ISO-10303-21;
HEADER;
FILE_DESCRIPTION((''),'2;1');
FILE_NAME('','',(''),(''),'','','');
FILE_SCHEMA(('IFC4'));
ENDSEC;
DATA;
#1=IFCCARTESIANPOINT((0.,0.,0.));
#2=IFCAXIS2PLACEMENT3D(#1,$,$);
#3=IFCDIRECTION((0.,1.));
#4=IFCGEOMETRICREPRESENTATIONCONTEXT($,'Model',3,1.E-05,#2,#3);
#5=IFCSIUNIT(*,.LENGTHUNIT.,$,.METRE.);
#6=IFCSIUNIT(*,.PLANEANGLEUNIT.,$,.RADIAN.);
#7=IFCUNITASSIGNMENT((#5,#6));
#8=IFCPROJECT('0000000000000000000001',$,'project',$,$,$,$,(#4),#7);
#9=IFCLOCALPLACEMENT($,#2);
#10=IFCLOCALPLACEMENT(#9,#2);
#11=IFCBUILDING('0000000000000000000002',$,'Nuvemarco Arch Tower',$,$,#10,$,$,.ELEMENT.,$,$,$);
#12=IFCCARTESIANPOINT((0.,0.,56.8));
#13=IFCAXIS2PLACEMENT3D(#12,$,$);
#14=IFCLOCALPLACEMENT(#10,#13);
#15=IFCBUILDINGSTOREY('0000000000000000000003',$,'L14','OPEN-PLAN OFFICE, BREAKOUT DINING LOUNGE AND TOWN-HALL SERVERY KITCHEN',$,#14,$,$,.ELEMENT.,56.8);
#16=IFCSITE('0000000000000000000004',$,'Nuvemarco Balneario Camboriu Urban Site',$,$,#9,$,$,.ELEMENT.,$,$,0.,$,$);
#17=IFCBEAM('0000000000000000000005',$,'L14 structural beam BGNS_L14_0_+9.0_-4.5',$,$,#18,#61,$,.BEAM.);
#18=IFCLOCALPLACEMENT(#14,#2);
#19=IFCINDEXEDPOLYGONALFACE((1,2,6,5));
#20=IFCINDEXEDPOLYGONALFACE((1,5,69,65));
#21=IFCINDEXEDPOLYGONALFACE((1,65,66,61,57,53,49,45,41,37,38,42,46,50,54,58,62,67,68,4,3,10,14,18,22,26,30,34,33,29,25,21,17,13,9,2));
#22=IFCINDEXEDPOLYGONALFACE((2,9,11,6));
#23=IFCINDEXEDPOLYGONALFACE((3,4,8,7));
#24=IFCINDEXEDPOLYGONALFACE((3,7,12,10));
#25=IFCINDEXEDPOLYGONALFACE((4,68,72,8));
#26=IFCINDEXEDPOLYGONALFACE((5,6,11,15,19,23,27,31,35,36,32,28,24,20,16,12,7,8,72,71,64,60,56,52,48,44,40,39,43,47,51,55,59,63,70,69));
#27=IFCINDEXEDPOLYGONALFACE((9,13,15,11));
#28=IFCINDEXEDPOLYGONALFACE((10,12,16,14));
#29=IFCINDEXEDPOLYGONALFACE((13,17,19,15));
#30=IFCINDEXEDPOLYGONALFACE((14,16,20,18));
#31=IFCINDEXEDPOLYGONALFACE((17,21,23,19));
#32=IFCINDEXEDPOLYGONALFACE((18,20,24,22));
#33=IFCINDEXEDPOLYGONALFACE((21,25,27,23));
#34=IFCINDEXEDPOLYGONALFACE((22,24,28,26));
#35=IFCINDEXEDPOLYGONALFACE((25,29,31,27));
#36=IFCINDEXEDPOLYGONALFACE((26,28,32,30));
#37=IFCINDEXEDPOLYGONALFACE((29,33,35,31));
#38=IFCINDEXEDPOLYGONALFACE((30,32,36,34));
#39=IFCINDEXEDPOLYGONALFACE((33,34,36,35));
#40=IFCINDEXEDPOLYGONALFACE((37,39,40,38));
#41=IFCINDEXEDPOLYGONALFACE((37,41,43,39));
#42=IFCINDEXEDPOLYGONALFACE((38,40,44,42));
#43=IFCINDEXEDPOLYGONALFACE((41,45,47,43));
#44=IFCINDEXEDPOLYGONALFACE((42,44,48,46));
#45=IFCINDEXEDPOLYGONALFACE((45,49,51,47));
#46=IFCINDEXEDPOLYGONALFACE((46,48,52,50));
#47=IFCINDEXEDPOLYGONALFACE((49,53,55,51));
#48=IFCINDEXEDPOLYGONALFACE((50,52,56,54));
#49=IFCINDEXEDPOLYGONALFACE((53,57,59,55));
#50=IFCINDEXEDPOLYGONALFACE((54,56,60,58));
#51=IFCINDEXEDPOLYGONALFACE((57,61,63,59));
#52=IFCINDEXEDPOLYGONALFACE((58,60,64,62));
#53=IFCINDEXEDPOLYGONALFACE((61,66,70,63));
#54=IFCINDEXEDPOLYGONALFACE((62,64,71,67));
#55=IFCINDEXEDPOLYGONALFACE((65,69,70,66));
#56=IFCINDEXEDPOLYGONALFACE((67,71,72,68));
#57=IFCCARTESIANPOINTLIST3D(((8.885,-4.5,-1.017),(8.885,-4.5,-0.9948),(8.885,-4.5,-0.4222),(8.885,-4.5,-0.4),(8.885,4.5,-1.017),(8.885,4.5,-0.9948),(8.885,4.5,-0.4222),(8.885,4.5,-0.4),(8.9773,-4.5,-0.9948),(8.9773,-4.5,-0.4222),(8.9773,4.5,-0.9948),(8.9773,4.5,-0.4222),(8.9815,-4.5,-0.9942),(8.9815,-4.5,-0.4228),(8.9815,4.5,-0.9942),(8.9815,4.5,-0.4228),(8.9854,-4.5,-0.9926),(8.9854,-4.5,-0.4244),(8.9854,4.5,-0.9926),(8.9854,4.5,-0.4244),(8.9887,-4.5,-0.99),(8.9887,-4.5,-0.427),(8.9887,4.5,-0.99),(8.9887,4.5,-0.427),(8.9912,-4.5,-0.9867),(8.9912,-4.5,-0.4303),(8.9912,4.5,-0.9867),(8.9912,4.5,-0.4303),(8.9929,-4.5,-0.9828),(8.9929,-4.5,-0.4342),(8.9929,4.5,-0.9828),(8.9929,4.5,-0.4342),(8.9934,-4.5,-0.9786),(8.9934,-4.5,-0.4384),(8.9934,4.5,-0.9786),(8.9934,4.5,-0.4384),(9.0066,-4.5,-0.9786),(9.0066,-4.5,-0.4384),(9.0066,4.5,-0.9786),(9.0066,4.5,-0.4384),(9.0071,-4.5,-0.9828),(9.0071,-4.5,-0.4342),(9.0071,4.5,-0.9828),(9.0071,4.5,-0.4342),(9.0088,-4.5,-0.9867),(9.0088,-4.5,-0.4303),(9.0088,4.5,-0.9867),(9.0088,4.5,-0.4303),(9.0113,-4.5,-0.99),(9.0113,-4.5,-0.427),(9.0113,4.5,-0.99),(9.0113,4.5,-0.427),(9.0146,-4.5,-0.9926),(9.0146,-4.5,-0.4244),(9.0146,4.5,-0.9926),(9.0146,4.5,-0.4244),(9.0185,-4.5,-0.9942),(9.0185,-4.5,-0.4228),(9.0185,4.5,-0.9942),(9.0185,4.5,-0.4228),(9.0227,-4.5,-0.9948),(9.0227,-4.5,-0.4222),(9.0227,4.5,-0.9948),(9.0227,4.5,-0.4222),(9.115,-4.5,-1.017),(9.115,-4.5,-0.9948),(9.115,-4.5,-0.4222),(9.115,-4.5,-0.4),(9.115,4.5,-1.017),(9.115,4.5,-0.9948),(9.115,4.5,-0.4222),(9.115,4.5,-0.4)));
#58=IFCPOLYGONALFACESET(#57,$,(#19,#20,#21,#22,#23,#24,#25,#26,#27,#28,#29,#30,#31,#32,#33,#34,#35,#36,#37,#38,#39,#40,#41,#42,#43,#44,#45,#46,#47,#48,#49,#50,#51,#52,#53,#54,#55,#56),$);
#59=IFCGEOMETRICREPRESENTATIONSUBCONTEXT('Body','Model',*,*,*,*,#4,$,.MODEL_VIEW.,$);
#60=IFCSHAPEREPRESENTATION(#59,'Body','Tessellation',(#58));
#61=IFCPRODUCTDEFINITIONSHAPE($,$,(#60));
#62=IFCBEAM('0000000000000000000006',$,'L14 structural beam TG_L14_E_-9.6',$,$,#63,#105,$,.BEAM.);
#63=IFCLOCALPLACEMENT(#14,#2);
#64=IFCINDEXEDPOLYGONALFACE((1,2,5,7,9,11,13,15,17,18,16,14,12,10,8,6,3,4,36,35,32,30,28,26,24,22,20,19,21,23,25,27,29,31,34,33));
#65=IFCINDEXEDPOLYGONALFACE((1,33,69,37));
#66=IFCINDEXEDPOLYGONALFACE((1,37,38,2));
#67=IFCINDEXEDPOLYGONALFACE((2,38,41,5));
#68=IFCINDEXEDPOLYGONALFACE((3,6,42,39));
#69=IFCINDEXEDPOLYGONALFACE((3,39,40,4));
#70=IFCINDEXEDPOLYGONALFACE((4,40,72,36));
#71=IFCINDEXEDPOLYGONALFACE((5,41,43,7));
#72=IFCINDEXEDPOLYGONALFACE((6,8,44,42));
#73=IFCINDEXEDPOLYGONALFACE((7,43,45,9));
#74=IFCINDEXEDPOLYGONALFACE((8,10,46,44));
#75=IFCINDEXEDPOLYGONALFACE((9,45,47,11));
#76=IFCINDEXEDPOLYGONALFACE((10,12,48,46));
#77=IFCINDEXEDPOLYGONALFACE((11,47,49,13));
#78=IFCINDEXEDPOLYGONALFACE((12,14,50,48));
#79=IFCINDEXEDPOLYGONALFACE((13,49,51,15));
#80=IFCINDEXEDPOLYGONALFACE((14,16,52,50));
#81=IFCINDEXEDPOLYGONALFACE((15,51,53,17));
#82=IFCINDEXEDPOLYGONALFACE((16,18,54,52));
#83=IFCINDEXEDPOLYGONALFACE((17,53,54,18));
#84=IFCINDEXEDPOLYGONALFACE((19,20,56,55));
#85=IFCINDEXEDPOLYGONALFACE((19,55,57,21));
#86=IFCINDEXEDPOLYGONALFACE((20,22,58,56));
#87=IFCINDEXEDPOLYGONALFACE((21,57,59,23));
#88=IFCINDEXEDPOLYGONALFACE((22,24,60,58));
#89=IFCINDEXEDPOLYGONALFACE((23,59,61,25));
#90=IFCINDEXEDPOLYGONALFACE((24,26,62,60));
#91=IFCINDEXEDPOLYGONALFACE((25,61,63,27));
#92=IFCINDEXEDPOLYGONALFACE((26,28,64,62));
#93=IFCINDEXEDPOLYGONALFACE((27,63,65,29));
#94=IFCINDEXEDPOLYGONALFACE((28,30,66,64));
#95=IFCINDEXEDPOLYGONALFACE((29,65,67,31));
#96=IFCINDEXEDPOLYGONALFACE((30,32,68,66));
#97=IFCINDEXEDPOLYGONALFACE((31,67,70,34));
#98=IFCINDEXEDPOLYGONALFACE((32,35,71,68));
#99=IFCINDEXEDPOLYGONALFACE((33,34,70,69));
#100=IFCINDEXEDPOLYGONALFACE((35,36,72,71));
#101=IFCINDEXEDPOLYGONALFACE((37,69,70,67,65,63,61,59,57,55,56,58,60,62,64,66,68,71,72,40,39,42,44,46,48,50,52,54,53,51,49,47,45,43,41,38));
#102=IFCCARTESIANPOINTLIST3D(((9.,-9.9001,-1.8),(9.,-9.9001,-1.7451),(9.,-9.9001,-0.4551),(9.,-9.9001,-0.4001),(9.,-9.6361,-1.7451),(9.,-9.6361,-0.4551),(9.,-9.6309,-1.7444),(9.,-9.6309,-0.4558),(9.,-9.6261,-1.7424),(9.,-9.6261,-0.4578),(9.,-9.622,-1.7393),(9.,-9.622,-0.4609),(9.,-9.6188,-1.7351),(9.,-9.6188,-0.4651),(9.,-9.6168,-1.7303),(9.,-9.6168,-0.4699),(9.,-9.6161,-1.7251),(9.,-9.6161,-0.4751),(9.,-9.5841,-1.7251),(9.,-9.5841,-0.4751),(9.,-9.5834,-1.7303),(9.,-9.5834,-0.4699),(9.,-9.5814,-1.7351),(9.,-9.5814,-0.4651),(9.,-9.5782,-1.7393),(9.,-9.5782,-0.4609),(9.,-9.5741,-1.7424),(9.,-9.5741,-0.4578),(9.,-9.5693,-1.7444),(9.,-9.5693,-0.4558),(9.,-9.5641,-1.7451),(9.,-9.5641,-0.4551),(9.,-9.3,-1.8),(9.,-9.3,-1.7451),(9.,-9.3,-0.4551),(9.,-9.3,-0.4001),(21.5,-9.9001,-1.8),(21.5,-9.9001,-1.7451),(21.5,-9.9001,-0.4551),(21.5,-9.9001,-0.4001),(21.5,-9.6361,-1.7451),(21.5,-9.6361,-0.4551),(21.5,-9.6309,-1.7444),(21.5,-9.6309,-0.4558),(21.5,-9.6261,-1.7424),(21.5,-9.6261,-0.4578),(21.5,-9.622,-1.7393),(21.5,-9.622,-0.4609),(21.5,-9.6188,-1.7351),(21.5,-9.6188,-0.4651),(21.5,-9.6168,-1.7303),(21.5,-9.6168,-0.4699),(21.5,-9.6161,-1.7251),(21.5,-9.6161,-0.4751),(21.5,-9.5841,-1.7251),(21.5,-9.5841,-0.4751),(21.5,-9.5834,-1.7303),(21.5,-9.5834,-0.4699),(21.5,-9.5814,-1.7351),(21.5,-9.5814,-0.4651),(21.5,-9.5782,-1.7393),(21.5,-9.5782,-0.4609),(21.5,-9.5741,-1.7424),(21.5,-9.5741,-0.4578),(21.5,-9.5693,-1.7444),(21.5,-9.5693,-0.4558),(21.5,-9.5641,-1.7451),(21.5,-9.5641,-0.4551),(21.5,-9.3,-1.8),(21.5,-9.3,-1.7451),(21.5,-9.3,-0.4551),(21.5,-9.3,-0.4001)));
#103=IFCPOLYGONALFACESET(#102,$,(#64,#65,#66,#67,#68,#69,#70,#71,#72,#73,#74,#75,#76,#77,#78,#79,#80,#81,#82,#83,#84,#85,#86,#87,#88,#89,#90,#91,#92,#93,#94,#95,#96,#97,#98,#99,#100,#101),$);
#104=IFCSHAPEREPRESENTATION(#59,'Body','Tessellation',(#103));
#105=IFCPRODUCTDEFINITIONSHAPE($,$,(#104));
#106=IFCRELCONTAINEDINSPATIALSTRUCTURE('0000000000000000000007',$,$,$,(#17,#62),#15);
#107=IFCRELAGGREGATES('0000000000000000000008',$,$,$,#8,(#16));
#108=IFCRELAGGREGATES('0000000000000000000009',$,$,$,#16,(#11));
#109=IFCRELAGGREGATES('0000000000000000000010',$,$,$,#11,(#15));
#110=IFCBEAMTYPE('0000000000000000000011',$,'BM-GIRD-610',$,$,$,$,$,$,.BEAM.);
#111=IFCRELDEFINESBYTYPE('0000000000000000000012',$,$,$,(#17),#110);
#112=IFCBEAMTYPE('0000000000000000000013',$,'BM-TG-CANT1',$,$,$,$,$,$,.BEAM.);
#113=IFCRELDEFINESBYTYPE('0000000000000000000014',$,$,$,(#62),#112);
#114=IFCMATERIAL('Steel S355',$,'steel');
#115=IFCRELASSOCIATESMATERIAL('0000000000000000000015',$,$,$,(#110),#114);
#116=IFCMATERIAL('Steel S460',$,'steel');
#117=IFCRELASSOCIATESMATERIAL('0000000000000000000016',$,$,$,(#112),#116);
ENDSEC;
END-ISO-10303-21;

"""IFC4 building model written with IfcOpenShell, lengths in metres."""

from ifc_helpers import new_model, si_unit, direction, frame, origin, origin_2d, place, context, subcontext, project, spatial, i_section, extrude, material, material_profile, profile_set, type_object, element, save


model = new_model("IFC4")

# Units and contexts
model_context = context("Model", 3, precision=1e-05, world=origin(), true_north=direction((0.0, 1.0)))
body_context = subcontext(model_context, "Body", "Model", "MODEL_VIEW")
ifc_project = project(units=[si_unit("LENGTHUNIT", "METRE"), si_unit("PLANEANGLEUNIT", "RADIAN")], contexts=[model_context])

# Site, building, storey
site_placement = place(None, origin())
site = spatial("IfcSite", under=ifc_project, at=site_placement, Name="Nuvemarco Balneario Camboriu Urban Site", CompositionType="ELEMENT", RefElevation=0.0)
building_placement = place(site_placement, origin())
building = spatial("IfcBuilding", under=site, at=building_placement, Name="Nuvemarco Arch Tower", CompositionType="ELEMENT")
storey_placement = place(building_placement, frame((0.0, 0.0, 56.8)))
storey = spatial("IfcBuildingStorey", under=building, at=storey_placement, Name="L14", Description="OPEN-PLAN OFFICE, BREAKOUT DINING LOUNGE AND TOWN-HALL SERVERY KITCHEN", CompositionType="ELEMENT", Elevation=56.8)

# Shared definitions
ifc_material_1 = material(Name="Steel S355", Category="steel")

# Beams
ifc_material_profile_1 = material_profile(ifc_material_1, i_section(OverallWidth=0.23, OverallDepth=0.6169, WebThickness=0.0132, FlangeThickness=0.0222, FilletRadius=0.0161, at=origin_2d()), Name="W610x140")
ifc_profile_set_1 = profile_set([ifc_material_profile_1], Name="Steel S355")
beam_type_1 = type_object("IfcBeamType", Name="BM-GIRD-610", PredefinedType="BEAM", material=ifc_profile_set_1)
beam_1_placement = place(storey_placement, frame((9.0, -4.5, -0.7085), z_axis=(0.0, 1.0, 0.0), x_axis=(-1.0, 0.0, 0.0)))
element("IfcBeam", 1, at=beam_1_placement, inside=storey, type_object=beam_type_1, Name="L14 structural beam BGNS_L14_0_+9.0_-4.5", PredefinedType="BEAM", context=body_context, shape_type="SweptSolid", body=[
    extrude(i_section(OverallWidth=0.23, OverallDepth=0.6169, WebThickness=0.0132, FlangeThickness=0.0222, FilletRadius=0.0161, at=origin_2d()), origin(), (0.0, 0.0, 1.0), 9.0),
])
ifc_material_2 = material(Name="Steel S460", Category="steel")
ifc_material_profile_2 = material_profile(ifc_material_2, i_section(OverallWidth=0.6001, OverallDepth=1.3999, WebThickness=0.032, FlangeThickness=0.0549, FilletRadius=0.02, at=origin_2d()), Name="PG1400x600")
ifc_profile_set_2 = profile_set([ifc_material_profile_2], Name="Steel S460")
beam_type_2 = type_object("IfcBeamType", Name="BM-TG-CANT1", PredefinedType="BEAM", material=ifc_profile_set_2)
beam_2_placement = place(storey_placement, frame((9.0, -9.6001, -1.1001), z_axis=(1.0, 0.0, 0.0), x_axis=(0.0, 1.0, 0.0)))
element("IfcBeam", 2, at=beam_2_placement, inside=storey, type_object=beam_type_2, Name="L14 structural beam TG_L14_E_-9.6", PredefinedType="BEAM", context=body_context, shape_type="SweptSolid", body=[
    extrude(i_section(OverallWidth=0.6001, OverallDepth=1.3999, WebThickness=0.032, FlangeThickness=0.0549, FilletRadius=0.02, at=origin_2d()), origin(), (0.0, 0.0, 1.0), 12.5),
])

save(model, "model.ifc")
